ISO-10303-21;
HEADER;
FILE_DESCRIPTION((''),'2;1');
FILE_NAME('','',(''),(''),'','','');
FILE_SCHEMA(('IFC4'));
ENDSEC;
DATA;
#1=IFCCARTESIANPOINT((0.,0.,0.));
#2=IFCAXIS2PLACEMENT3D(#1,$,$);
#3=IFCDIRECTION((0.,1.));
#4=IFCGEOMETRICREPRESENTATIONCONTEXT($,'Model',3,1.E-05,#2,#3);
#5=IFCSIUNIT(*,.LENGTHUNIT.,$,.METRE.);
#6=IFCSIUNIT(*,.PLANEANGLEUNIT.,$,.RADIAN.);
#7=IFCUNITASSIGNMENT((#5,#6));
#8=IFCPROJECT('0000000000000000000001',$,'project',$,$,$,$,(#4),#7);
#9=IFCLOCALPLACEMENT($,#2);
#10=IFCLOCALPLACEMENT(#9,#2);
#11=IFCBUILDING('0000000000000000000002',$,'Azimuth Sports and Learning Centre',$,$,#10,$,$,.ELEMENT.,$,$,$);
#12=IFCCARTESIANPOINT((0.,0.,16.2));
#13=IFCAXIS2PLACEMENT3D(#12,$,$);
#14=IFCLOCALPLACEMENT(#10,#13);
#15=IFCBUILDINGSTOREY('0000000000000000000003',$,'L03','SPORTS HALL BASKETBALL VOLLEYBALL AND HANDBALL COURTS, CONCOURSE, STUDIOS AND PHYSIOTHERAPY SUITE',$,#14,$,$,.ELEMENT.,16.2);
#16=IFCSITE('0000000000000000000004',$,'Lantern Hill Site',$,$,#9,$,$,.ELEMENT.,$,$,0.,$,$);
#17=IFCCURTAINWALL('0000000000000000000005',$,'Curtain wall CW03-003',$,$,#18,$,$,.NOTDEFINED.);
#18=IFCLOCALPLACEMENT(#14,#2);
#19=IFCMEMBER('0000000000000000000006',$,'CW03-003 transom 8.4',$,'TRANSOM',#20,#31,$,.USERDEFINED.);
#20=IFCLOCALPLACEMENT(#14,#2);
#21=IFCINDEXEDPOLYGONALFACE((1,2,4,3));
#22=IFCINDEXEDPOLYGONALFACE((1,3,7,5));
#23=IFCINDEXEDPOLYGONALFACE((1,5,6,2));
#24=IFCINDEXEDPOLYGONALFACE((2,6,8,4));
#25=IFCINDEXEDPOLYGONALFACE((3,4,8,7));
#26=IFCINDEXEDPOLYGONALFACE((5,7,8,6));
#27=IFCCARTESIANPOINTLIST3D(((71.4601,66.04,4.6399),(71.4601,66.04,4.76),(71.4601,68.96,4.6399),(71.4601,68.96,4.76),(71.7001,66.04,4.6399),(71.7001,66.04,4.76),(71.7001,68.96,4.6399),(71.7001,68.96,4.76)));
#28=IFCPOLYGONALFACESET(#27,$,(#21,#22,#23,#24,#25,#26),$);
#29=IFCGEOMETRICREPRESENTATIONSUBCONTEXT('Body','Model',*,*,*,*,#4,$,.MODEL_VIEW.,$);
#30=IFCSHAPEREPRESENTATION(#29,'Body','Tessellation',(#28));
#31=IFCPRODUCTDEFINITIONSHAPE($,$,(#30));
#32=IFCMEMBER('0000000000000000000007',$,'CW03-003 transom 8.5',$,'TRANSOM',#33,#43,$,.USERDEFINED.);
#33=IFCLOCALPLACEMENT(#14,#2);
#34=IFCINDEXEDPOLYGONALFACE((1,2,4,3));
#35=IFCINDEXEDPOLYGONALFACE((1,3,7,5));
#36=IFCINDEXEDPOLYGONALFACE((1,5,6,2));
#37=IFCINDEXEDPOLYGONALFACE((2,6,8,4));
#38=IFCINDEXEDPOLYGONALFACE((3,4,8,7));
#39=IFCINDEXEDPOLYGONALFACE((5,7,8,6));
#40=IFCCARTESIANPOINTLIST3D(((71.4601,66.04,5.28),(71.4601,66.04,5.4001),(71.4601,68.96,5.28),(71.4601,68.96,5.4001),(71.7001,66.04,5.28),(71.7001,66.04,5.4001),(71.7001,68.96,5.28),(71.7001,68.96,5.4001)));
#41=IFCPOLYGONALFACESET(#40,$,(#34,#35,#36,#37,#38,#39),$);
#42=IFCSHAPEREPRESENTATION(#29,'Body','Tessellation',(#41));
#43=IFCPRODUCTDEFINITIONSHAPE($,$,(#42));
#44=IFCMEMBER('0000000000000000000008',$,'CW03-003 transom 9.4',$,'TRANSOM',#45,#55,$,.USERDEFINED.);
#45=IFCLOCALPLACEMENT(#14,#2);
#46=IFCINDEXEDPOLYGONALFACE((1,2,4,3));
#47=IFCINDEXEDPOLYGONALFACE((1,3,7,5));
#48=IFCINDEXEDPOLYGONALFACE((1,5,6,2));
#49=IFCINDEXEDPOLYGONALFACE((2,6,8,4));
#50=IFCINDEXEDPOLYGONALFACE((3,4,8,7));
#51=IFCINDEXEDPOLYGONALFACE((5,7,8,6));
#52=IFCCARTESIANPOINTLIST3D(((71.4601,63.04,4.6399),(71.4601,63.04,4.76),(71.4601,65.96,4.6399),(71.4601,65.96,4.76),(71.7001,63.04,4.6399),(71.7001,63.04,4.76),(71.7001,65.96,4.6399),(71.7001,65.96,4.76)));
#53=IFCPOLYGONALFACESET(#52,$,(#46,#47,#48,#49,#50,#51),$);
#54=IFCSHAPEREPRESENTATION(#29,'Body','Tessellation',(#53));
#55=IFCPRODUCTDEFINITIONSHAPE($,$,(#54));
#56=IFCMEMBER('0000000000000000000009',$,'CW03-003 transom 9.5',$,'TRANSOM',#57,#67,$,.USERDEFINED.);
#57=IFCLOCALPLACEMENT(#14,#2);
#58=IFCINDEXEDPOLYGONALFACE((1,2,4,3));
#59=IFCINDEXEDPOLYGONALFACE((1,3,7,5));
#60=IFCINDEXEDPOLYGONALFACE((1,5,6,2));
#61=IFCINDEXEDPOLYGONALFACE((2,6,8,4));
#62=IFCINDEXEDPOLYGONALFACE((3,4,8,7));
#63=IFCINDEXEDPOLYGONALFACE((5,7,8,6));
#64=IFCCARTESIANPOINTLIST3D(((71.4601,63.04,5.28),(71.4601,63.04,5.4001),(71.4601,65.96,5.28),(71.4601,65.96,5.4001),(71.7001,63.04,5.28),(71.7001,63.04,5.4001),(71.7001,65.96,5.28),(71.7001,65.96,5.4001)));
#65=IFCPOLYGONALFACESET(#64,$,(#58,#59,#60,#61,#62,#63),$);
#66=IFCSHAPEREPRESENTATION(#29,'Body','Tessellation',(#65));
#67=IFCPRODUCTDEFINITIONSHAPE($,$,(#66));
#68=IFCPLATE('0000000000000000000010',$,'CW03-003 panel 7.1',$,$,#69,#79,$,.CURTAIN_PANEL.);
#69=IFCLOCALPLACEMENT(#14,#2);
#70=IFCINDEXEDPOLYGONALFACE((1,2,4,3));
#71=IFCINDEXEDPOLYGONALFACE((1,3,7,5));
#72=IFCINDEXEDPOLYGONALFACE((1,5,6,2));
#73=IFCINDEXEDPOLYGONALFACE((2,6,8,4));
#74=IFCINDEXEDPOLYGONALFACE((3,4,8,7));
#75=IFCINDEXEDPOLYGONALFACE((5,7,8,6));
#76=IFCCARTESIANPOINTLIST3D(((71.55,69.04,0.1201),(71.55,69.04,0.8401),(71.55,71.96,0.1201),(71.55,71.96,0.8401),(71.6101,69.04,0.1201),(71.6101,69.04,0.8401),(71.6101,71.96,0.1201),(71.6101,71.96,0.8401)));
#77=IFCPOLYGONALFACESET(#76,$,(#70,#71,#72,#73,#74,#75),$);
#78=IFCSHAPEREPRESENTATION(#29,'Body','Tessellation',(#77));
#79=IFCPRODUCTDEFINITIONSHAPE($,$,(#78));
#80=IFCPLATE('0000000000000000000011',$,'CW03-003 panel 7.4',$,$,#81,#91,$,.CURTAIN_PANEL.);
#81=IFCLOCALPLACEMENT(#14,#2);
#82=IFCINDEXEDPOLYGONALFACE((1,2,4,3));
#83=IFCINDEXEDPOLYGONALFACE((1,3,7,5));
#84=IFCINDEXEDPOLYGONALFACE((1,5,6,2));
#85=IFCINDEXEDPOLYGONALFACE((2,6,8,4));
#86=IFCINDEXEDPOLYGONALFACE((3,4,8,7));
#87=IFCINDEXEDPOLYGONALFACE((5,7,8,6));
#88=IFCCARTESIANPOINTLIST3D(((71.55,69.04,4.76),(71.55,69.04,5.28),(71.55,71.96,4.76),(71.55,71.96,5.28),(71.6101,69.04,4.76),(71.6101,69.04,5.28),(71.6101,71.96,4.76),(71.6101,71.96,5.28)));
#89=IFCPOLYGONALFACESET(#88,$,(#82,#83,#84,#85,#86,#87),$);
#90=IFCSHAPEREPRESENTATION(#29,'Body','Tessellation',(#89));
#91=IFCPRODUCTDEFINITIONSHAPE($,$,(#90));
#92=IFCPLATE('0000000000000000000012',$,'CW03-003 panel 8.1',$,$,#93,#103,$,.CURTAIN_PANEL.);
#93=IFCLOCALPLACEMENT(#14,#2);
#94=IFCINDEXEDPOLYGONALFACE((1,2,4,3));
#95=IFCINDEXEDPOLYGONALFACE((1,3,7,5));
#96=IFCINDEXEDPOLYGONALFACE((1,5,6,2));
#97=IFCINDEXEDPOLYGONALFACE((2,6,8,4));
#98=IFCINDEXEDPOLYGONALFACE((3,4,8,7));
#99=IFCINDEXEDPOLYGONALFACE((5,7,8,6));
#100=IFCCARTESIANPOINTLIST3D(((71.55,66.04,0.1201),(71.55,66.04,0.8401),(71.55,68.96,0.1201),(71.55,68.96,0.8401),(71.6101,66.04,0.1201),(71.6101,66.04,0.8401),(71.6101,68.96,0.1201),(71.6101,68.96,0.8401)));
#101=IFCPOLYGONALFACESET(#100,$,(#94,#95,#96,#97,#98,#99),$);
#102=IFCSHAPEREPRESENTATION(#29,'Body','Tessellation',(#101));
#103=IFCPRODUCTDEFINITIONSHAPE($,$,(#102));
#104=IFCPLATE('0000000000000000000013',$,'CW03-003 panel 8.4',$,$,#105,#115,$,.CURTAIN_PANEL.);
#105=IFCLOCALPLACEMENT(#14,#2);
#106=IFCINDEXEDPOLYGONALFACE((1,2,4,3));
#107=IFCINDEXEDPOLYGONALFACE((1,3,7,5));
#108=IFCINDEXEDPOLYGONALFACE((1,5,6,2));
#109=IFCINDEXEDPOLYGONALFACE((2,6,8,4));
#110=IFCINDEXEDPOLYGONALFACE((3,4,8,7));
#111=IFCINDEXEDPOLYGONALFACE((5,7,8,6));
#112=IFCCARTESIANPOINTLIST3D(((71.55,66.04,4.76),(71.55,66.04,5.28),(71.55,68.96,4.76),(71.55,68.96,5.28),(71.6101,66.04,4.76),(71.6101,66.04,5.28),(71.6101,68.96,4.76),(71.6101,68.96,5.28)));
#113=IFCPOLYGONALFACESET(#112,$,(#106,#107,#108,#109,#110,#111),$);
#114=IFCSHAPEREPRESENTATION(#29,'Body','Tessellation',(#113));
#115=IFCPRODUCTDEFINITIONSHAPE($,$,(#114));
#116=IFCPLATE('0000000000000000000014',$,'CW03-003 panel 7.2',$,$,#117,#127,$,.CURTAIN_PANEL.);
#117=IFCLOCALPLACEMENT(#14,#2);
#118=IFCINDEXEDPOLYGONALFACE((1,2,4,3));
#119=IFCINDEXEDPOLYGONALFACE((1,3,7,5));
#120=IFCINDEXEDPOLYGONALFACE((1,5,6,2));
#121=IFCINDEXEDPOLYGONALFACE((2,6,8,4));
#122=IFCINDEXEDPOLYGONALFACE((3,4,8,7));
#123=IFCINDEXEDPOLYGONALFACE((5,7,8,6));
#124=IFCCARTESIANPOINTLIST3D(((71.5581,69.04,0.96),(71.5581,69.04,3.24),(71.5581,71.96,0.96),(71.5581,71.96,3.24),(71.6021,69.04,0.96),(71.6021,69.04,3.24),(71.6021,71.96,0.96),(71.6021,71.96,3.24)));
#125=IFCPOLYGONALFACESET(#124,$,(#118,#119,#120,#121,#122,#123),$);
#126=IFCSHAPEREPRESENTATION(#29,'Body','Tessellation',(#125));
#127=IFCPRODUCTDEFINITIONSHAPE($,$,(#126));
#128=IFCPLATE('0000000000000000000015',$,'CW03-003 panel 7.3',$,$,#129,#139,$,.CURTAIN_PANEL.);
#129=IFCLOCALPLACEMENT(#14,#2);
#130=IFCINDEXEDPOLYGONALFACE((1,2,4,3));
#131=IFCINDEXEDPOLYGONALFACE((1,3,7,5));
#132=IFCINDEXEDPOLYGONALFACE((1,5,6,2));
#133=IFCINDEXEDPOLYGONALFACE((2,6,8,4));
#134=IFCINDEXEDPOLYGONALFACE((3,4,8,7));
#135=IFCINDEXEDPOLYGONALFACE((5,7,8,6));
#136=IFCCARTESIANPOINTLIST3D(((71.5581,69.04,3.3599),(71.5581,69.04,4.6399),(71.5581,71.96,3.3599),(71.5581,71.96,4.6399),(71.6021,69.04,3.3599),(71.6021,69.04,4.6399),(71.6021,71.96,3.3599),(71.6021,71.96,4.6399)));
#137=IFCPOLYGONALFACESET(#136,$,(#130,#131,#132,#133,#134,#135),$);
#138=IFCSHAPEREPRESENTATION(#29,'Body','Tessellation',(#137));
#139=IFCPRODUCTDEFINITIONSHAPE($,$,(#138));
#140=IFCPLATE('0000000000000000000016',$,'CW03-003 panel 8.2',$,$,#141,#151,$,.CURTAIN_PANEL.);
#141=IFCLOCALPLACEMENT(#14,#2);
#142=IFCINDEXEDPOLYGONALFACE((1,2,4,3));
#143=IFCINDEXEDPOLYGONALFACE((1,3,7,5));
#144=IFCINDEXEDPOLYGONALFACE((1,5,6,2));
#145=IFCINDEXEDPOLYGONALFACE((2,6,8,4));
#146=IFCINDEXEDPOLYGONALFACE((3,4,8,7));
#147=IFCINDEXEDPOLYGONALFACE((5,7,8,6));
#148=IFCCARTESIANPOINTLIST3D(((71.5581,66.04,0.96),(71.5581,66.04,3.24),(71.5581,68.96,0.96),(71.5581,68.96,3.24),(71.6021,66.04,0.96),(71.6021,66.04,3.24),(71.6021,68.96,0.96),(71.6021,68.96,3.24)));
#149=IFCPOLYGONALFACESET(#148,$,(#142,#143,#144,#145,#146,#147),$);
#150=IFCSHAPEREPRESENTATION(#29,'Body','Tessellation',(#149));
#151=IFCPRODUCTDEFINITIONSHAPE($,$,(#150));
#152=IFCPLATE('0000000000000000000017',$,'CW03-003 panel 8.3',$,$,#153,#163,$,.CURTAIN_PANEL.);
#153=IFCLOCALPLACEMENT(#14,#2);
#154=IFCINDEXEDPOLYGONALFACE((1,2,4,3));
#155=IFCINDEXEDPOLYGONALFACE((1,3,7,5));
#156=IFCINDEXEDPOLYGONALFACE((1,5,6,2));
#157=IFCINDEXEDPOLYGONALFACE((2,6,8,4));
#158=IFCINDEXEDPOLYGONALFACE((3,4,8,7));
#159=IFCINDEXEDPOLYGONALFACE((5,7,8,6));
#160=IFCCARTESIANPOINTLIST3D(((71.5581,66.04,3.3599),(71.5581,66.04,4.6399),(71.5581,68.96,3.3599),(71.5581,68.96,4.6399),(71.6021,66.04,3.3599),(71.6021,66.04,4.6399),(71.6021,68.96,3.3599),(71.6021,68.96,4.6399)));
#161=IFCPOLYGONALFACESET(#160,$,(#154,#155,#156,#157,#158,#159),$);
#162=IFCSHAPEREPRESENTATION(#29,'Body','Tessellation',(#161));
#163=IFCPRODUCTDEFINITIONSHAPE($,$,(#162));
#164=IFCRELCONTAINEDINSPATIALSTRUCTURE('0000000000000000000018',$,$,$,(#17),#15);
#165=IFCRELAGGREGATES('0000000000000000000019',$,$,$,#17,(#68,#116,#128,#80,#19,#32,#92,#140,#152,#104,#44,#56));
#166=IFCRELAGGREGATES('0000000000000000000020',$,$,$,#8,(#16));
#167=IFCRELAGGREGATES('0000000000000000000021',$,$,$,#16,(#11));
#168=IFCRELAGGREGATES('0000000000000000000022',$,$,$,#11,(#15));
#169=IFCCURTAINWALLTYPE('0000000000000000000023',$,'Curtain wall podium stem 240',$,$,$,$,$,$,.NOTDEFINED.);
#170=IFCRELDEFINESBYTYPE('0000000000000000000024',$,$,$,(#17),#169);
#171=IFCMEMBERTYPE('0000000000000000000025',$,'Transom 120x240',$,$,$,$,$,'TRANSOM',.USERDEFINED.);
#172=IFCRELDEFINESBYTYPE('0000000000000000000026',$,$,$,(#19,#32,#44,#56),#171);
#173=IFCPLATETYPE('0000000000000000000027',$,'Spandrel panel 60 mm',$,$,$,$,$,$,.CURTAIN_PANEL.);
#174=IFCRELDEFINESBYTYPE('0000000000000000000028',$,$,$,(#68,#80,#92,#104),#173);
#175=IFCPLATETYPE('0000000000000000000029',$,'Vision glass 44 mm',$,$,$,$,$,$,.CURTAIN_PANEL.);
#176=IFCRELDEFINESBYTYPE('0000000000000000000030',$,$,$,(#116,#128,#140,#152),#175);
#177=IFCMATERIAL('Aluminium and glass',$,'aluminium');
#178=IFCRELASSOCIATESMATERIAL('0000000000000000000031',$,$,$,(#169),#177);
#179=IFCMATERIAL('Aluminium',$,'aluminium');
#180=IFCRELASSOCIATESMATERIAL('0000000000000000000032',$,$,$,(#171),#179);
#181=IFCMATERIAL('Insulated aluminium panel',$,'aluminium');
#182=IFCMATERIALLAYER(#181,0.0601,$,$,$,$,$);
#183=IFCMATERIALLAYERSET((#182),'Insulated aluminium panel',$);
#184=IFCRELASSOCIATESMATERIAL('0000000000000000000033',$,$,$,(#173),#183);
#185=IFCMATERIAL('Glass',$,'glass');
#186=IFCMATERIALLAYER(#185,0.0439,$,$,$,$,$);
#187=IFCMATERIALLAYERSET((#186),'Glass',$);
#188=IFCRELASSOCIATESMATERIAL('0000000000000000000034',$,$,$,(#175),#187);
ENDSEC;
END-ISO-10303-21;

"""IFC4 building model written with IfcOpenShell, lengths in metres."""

from ifc_helpers import new_model, si_unit, direction, frame, origin, origin_2d, place, context, subcontext, project, spatial, rectangle, extrude, material, layer, layer_set, material_profile, profile_set, type_object, element, aggregate, save


model = new_model("IFC4")

# Units and contexts
model_context = context("Model", 3, precision=1e-05, world=origin(), true_north=direction((0.0, 1.0)))
body_context = subcontext(model_context, "Body", "Model", "MODEL_VIEW")
ifc_project = project(units=[si_unit("LENGTHUNIT", "METRE"), si_unit("PLANEANGLEUNIT", "RADIAN")], contexts=[model_context])

# Site, building, storey
site_placement = place(None, origin())
site = spatial("IfcSite", under=ifc_project, at=site_placement, Name="Lantern Hill Site", CompositionType="ELEMENT", RefElevation=0.0)
building_placement = place(site_placement, origin())
building = spatial("IfcBuilding", under=site, at=building_placement, Name="Azimuth Sports and Learning Centre", CompositionType="ELEMENT")
storey_placement = place(building_placement, frame((0.0, 0.0, 16.2)))
storey = spatial("IfcBuildingStorey", under=building, at=storey_placement, Name="L03", Description="SPORTS HALL BASKETBALL VOLLEYBALL AND HANDBALL COURTS, CONCOURSE, STUDIOS AND PHYSIOTHERAPY SUITE", CompositionType="ELEMENT", Elevation=16.2)

# Curtain wall, members, plates
ifc_material_1 = material(Name="Aluminium and glass", Category="aluminium")
curtain_wall_type = type_object("IfcCurtainWallType", Name="Curtain wall podium stem 240", PredefinedType="NOTDEFINED", material=ifc_material_1)
curtain_wall_placement = place(storey_placement, origin())
curtain_wall = element("IfcCurtainWall", 1, at=curtain_wall_placement, inside=storey, type_object=curtain_wall_type, Name="Curtain wall CW03-003", PredefinedType="NOTDEFINED")
ifc_material_2 = material(Name="Aluminium", Category="aluminium")
ifc_material_profile_1 = material_profile(ifc_material_2, rectangle(XDim=0.24, YDim=0.1201, at=origin_2d()), Name="Transom 120x240")
ifc_profile_set_1 = profile_set([ifc_material_profile_1], Name="Aluminium")
member_type_1 = type_object("IfcMemberType", Name="Transom 120x240", ElementType="TRANSOM", PredefinedType="USERDEFINED", material=ifc_profile_set_1)
member_1_placement = place(storey_placement, frame((71.5801, 68.96, 4.7), z_axis=(0.0, -1.0, 0.0), x_axis=(1.0, 0.0, 0.0)))
member_1 = element("IfcMember", 2, at=member_1_placement, type_object=member_type_1, Name="CW03-003 transom 8.4", ObjectType="TRANSOM", PredefinedType="USERDEFINED", context=body_context, shape_type="SweptSolid", body=[
    extrude(rectangle(XDim=0.24, YDim=0.1201, at=origin_2d()), origin(), (0.0, 0.0, 1.0), 2.9199),
])
member_2_placement = place(storey_placement, frame((71.5801, 68.96, 5.3401), z_axis=(0.0, -1.0, 0.0), x_axis=(1.0, 0.0, 0.0)))
member_2 = element("IfcMember", 3, at=member_2_placement, type_object=member_type_1, Name="CW03-003 transom 8.5", ObjectType="TRANSOM", PredefinedType="USERDEFINED", context=body_context, shape_type="SweptSolid", body=[
    extrude(rectangle(XDim=0.24, YDim=0.1201, at=origin_2d()), origin(), (0.0, 0.0, 1.0), 2.9199),
])
member_3_placement = place(storey_placement, frame((71.5801, 65.96, 4.7), z_axis=(0.0, -1.0, 0.0), x_axis=(1.0, 0.0, 0.0)))
member_3 = element("IfcMember", 4, at=member_3_placement, type_object=member_type_1, Name="CW03-003 transom 9.4", ObjectType="TRANSOM", PredefinedType="USERDEFINED", context=body_context, shape_type="SweptSolid", body=[
    extrude(rectangle(XDim=0.24, YDim=0.1201, at=origin_2d()), origin(), (0.0, 0.0, 1.0), 2.9199),
])
member_4_placement = place(storey_placement, frame((71.5801, 65.96, 5.3401), z_axis=(0.0, -1.0, 0.0), x_axis=(1.0, 0.0, 0.0)))
member_4 = element("IfcMember", 5, at=member_4_placement, type_object=member_type_1, Name="CW03-003 transom 9.5", ObjectType="TRANSOM", PredefinedType="USERDEFINED", context=body_context, shape_type="SweptSolid", body=[
    extrude(rectangle(XDim=0.24, YDim=0.1201, at=origin_2d()), origin(), (0.0, 0.0, 1.0), 2.9199),
])
ifc_material_3 = material(Name="Insulated aluminium panel", Category="aluminium")
ifc_layer_1 = layer(ifc_material_3, 0.0601)
ifc_layer_set_1 = layer_set([ifc_layer_1], Name="Insulated aluminium panel")
plate_type_1 = type_object("IfcPlateType", Name="Spandrel panel 60 mm", PredefinedType="CURTAIN_PANEL", material=ifc_layer_set_1)
plate_1_placement = place(storey_placement, frame((71.5801, 70.5, 0.1201), z_axis=(0.0, 0.0, 1.0), x_axis=(0.0, -1.0, 0.0)))
plate_1 = element("IfcPlate", 6, at=plate_1_placement, type_object=plate_type_1, Name="CW03-003 panel 7.1", PredefinedType="CURTAIN_PANEL", context=body_context, shape_type="SweptSolid", body=[
    extrude(rectangle(XDim=2.9199, YDim=0.0601, at=origin_2d()), origin(), (0.0, 0.0, 1.0), 0.72),
])
plate_2_placement = place(storey_placement, frame((71.5801, 70.5, 4.76), z_axis=(0.0, 0.0, 1.0), x_axis=(0.0, -1.0, 0.0)))
plate_2 = element("IfcPlate", 7, at=plate_2_placement, type_object=plate_type_1, Name="CW03-003 panel 7.4", PredefinedType="CURTAIN_PANEL", context=body_context, shape_type="SweptSolid", body=[
    extrude(rectangle(XDim=2.9199, YDim=0.0601, at=origin_2d()), origin(), (0.0, 0.0, 1.0), 0.52),
])
plate_3_placement = place(storey_placement, frame((71.5801, 67.5, 0.1201), z_axis=(0.0, 0.0, 1.0), x_axis=(0.0, -1.0, 0.0)))
plate_3 = element("IfcPlate", 8, at=plate_3_placement, type_object=plate_type_1, Name="CW03-003 panel 8.1", PredefinedType="CURTAIN_PANEL", context=body_context, shape_type="SweptSolid", body=[
    extrude(rectangle(XDim=2.9199, YDim=0.0601, at=origin_2d()), origin(), (0.0, 0.0, 1.0), 0.72),
])
plate_4_placement = place(storey_placement, frame((71.5801, 67.5, 4.76), z_axis=(0.0, 0.0, 1.0), x_axis=(0.0, -1.0, 0.0)))
plate_4 = element("IfcPlate", 9, at=plate_4_placement, type_object=plate_type_1, Name="CW03-003 panel 8.4", PredefinedType="CURTAIN_PANEL", context=body_context, shape_type="SweptSolid", body=[
    extrude(rectangle(XDim=2.9199, YDim=0.0601, at=origin_2d()), origin(), (0.0, 0.0, 1.0), 0.52),
])
ifc_material_4 = material(Name="Glass", Category="glass")
ifc_layer_2 = layer(ifc_material_4, 0.0439)
ifc_layer_set_2 = layer_set([ifc_layer_2], Name="Glass")
plate_type_2 = type_object("IfcPlateType", Name="Vision glass 44 mm", PredefinedType="CURTAIN_PANEL", material=ifc_layer_set_2)
plate_5_placement = place(storey_placement, frame((71.5801, 70.5, 0.96), z_axis=(0.0, 0.0, 1.0), x_axis=(0.0, -1.0, 0.0)))
plate_5 = element("IfcPlate", 10, at=plate_5_placement, type_object=plate_type_2, Name="CW03-003 panel 7.2", PredefinedType="CURTAIN_PANEL", context=body_context, shape_type="SweptSolid", body=[
    extrude(rectangle(XDim=2.9199, YDim=0.0439, at=origin_2d()), origin(), (0.0, 0.0, 1.0), 2.28),
])
plate_6_placement = place(storey_placement, frame((71.5801, 70.5, 3.3599), z_axis=(0.0, 0.0, 1.0), x_axis=(0.0, -1.0, 0.0)))
plate_6 = element("IfcPlate", 11, at=plate_6_placement, type_object=plate_type_2, Name="CW03-003 panel 7.3", PredefinedType="CURTAIN_PANEL", context=body_context, shape_type="SweptSolid", body=[
    extrude(rectangle(XDim=2.9199, YDim=0.0439, at=origin_2d()), origin(), (0.0, 0.0, 1.0), 1.28),
])
plate_7_placement = place(storey_placement, frame((71.5801, 67.5, 0.96), z_axis=(0.0, 0.0, 1.0), x_axis=(0.0, -1.0, 0.0)))
plate_7 = element("IfcPlate", 12, at=plate_7_placement, type_object=plate_type_2, Name="CW03-003 panel 8.2", PredefinedType="CURTAIN_PANEL", context=body_context, shape_type="SweptSolid", body=[
    extrude(rectangle(XDim=2.9199, YDim=0.0439, at=origin_2d()), origin(), (0.0, 0.0, 1.0), 2.28),
])
plate_8_placement = place(storey_placement, frame((71.5801, 67.5, 3.3599), z_axis=(0.0, 0.0, 1.0), x_axis=(0.0, -1.0, 0.0)))
plate_8 = element("IfcPlate", 13, at=plate_8_placement, type_object=plate_type_2, Name="CW03-003 panel 8.3", PredefinedType="CURTAIN_PANEL", context=body_context, shape_type="SweptSolid", body=[
    extrude(rectangle(XDim=2.9199, YDim=0.0439, at=origin_2d()), origin(), (0.0, 0.0, 1.0), 1.28),
])
aggregate(curtain_wall, [plate_1, plate_5, plate_6, plate_2, member_1, member_2, plate_3, plate_7, plate_8, plate_4, member_3, member_4])

save(model, "model.ifc")
